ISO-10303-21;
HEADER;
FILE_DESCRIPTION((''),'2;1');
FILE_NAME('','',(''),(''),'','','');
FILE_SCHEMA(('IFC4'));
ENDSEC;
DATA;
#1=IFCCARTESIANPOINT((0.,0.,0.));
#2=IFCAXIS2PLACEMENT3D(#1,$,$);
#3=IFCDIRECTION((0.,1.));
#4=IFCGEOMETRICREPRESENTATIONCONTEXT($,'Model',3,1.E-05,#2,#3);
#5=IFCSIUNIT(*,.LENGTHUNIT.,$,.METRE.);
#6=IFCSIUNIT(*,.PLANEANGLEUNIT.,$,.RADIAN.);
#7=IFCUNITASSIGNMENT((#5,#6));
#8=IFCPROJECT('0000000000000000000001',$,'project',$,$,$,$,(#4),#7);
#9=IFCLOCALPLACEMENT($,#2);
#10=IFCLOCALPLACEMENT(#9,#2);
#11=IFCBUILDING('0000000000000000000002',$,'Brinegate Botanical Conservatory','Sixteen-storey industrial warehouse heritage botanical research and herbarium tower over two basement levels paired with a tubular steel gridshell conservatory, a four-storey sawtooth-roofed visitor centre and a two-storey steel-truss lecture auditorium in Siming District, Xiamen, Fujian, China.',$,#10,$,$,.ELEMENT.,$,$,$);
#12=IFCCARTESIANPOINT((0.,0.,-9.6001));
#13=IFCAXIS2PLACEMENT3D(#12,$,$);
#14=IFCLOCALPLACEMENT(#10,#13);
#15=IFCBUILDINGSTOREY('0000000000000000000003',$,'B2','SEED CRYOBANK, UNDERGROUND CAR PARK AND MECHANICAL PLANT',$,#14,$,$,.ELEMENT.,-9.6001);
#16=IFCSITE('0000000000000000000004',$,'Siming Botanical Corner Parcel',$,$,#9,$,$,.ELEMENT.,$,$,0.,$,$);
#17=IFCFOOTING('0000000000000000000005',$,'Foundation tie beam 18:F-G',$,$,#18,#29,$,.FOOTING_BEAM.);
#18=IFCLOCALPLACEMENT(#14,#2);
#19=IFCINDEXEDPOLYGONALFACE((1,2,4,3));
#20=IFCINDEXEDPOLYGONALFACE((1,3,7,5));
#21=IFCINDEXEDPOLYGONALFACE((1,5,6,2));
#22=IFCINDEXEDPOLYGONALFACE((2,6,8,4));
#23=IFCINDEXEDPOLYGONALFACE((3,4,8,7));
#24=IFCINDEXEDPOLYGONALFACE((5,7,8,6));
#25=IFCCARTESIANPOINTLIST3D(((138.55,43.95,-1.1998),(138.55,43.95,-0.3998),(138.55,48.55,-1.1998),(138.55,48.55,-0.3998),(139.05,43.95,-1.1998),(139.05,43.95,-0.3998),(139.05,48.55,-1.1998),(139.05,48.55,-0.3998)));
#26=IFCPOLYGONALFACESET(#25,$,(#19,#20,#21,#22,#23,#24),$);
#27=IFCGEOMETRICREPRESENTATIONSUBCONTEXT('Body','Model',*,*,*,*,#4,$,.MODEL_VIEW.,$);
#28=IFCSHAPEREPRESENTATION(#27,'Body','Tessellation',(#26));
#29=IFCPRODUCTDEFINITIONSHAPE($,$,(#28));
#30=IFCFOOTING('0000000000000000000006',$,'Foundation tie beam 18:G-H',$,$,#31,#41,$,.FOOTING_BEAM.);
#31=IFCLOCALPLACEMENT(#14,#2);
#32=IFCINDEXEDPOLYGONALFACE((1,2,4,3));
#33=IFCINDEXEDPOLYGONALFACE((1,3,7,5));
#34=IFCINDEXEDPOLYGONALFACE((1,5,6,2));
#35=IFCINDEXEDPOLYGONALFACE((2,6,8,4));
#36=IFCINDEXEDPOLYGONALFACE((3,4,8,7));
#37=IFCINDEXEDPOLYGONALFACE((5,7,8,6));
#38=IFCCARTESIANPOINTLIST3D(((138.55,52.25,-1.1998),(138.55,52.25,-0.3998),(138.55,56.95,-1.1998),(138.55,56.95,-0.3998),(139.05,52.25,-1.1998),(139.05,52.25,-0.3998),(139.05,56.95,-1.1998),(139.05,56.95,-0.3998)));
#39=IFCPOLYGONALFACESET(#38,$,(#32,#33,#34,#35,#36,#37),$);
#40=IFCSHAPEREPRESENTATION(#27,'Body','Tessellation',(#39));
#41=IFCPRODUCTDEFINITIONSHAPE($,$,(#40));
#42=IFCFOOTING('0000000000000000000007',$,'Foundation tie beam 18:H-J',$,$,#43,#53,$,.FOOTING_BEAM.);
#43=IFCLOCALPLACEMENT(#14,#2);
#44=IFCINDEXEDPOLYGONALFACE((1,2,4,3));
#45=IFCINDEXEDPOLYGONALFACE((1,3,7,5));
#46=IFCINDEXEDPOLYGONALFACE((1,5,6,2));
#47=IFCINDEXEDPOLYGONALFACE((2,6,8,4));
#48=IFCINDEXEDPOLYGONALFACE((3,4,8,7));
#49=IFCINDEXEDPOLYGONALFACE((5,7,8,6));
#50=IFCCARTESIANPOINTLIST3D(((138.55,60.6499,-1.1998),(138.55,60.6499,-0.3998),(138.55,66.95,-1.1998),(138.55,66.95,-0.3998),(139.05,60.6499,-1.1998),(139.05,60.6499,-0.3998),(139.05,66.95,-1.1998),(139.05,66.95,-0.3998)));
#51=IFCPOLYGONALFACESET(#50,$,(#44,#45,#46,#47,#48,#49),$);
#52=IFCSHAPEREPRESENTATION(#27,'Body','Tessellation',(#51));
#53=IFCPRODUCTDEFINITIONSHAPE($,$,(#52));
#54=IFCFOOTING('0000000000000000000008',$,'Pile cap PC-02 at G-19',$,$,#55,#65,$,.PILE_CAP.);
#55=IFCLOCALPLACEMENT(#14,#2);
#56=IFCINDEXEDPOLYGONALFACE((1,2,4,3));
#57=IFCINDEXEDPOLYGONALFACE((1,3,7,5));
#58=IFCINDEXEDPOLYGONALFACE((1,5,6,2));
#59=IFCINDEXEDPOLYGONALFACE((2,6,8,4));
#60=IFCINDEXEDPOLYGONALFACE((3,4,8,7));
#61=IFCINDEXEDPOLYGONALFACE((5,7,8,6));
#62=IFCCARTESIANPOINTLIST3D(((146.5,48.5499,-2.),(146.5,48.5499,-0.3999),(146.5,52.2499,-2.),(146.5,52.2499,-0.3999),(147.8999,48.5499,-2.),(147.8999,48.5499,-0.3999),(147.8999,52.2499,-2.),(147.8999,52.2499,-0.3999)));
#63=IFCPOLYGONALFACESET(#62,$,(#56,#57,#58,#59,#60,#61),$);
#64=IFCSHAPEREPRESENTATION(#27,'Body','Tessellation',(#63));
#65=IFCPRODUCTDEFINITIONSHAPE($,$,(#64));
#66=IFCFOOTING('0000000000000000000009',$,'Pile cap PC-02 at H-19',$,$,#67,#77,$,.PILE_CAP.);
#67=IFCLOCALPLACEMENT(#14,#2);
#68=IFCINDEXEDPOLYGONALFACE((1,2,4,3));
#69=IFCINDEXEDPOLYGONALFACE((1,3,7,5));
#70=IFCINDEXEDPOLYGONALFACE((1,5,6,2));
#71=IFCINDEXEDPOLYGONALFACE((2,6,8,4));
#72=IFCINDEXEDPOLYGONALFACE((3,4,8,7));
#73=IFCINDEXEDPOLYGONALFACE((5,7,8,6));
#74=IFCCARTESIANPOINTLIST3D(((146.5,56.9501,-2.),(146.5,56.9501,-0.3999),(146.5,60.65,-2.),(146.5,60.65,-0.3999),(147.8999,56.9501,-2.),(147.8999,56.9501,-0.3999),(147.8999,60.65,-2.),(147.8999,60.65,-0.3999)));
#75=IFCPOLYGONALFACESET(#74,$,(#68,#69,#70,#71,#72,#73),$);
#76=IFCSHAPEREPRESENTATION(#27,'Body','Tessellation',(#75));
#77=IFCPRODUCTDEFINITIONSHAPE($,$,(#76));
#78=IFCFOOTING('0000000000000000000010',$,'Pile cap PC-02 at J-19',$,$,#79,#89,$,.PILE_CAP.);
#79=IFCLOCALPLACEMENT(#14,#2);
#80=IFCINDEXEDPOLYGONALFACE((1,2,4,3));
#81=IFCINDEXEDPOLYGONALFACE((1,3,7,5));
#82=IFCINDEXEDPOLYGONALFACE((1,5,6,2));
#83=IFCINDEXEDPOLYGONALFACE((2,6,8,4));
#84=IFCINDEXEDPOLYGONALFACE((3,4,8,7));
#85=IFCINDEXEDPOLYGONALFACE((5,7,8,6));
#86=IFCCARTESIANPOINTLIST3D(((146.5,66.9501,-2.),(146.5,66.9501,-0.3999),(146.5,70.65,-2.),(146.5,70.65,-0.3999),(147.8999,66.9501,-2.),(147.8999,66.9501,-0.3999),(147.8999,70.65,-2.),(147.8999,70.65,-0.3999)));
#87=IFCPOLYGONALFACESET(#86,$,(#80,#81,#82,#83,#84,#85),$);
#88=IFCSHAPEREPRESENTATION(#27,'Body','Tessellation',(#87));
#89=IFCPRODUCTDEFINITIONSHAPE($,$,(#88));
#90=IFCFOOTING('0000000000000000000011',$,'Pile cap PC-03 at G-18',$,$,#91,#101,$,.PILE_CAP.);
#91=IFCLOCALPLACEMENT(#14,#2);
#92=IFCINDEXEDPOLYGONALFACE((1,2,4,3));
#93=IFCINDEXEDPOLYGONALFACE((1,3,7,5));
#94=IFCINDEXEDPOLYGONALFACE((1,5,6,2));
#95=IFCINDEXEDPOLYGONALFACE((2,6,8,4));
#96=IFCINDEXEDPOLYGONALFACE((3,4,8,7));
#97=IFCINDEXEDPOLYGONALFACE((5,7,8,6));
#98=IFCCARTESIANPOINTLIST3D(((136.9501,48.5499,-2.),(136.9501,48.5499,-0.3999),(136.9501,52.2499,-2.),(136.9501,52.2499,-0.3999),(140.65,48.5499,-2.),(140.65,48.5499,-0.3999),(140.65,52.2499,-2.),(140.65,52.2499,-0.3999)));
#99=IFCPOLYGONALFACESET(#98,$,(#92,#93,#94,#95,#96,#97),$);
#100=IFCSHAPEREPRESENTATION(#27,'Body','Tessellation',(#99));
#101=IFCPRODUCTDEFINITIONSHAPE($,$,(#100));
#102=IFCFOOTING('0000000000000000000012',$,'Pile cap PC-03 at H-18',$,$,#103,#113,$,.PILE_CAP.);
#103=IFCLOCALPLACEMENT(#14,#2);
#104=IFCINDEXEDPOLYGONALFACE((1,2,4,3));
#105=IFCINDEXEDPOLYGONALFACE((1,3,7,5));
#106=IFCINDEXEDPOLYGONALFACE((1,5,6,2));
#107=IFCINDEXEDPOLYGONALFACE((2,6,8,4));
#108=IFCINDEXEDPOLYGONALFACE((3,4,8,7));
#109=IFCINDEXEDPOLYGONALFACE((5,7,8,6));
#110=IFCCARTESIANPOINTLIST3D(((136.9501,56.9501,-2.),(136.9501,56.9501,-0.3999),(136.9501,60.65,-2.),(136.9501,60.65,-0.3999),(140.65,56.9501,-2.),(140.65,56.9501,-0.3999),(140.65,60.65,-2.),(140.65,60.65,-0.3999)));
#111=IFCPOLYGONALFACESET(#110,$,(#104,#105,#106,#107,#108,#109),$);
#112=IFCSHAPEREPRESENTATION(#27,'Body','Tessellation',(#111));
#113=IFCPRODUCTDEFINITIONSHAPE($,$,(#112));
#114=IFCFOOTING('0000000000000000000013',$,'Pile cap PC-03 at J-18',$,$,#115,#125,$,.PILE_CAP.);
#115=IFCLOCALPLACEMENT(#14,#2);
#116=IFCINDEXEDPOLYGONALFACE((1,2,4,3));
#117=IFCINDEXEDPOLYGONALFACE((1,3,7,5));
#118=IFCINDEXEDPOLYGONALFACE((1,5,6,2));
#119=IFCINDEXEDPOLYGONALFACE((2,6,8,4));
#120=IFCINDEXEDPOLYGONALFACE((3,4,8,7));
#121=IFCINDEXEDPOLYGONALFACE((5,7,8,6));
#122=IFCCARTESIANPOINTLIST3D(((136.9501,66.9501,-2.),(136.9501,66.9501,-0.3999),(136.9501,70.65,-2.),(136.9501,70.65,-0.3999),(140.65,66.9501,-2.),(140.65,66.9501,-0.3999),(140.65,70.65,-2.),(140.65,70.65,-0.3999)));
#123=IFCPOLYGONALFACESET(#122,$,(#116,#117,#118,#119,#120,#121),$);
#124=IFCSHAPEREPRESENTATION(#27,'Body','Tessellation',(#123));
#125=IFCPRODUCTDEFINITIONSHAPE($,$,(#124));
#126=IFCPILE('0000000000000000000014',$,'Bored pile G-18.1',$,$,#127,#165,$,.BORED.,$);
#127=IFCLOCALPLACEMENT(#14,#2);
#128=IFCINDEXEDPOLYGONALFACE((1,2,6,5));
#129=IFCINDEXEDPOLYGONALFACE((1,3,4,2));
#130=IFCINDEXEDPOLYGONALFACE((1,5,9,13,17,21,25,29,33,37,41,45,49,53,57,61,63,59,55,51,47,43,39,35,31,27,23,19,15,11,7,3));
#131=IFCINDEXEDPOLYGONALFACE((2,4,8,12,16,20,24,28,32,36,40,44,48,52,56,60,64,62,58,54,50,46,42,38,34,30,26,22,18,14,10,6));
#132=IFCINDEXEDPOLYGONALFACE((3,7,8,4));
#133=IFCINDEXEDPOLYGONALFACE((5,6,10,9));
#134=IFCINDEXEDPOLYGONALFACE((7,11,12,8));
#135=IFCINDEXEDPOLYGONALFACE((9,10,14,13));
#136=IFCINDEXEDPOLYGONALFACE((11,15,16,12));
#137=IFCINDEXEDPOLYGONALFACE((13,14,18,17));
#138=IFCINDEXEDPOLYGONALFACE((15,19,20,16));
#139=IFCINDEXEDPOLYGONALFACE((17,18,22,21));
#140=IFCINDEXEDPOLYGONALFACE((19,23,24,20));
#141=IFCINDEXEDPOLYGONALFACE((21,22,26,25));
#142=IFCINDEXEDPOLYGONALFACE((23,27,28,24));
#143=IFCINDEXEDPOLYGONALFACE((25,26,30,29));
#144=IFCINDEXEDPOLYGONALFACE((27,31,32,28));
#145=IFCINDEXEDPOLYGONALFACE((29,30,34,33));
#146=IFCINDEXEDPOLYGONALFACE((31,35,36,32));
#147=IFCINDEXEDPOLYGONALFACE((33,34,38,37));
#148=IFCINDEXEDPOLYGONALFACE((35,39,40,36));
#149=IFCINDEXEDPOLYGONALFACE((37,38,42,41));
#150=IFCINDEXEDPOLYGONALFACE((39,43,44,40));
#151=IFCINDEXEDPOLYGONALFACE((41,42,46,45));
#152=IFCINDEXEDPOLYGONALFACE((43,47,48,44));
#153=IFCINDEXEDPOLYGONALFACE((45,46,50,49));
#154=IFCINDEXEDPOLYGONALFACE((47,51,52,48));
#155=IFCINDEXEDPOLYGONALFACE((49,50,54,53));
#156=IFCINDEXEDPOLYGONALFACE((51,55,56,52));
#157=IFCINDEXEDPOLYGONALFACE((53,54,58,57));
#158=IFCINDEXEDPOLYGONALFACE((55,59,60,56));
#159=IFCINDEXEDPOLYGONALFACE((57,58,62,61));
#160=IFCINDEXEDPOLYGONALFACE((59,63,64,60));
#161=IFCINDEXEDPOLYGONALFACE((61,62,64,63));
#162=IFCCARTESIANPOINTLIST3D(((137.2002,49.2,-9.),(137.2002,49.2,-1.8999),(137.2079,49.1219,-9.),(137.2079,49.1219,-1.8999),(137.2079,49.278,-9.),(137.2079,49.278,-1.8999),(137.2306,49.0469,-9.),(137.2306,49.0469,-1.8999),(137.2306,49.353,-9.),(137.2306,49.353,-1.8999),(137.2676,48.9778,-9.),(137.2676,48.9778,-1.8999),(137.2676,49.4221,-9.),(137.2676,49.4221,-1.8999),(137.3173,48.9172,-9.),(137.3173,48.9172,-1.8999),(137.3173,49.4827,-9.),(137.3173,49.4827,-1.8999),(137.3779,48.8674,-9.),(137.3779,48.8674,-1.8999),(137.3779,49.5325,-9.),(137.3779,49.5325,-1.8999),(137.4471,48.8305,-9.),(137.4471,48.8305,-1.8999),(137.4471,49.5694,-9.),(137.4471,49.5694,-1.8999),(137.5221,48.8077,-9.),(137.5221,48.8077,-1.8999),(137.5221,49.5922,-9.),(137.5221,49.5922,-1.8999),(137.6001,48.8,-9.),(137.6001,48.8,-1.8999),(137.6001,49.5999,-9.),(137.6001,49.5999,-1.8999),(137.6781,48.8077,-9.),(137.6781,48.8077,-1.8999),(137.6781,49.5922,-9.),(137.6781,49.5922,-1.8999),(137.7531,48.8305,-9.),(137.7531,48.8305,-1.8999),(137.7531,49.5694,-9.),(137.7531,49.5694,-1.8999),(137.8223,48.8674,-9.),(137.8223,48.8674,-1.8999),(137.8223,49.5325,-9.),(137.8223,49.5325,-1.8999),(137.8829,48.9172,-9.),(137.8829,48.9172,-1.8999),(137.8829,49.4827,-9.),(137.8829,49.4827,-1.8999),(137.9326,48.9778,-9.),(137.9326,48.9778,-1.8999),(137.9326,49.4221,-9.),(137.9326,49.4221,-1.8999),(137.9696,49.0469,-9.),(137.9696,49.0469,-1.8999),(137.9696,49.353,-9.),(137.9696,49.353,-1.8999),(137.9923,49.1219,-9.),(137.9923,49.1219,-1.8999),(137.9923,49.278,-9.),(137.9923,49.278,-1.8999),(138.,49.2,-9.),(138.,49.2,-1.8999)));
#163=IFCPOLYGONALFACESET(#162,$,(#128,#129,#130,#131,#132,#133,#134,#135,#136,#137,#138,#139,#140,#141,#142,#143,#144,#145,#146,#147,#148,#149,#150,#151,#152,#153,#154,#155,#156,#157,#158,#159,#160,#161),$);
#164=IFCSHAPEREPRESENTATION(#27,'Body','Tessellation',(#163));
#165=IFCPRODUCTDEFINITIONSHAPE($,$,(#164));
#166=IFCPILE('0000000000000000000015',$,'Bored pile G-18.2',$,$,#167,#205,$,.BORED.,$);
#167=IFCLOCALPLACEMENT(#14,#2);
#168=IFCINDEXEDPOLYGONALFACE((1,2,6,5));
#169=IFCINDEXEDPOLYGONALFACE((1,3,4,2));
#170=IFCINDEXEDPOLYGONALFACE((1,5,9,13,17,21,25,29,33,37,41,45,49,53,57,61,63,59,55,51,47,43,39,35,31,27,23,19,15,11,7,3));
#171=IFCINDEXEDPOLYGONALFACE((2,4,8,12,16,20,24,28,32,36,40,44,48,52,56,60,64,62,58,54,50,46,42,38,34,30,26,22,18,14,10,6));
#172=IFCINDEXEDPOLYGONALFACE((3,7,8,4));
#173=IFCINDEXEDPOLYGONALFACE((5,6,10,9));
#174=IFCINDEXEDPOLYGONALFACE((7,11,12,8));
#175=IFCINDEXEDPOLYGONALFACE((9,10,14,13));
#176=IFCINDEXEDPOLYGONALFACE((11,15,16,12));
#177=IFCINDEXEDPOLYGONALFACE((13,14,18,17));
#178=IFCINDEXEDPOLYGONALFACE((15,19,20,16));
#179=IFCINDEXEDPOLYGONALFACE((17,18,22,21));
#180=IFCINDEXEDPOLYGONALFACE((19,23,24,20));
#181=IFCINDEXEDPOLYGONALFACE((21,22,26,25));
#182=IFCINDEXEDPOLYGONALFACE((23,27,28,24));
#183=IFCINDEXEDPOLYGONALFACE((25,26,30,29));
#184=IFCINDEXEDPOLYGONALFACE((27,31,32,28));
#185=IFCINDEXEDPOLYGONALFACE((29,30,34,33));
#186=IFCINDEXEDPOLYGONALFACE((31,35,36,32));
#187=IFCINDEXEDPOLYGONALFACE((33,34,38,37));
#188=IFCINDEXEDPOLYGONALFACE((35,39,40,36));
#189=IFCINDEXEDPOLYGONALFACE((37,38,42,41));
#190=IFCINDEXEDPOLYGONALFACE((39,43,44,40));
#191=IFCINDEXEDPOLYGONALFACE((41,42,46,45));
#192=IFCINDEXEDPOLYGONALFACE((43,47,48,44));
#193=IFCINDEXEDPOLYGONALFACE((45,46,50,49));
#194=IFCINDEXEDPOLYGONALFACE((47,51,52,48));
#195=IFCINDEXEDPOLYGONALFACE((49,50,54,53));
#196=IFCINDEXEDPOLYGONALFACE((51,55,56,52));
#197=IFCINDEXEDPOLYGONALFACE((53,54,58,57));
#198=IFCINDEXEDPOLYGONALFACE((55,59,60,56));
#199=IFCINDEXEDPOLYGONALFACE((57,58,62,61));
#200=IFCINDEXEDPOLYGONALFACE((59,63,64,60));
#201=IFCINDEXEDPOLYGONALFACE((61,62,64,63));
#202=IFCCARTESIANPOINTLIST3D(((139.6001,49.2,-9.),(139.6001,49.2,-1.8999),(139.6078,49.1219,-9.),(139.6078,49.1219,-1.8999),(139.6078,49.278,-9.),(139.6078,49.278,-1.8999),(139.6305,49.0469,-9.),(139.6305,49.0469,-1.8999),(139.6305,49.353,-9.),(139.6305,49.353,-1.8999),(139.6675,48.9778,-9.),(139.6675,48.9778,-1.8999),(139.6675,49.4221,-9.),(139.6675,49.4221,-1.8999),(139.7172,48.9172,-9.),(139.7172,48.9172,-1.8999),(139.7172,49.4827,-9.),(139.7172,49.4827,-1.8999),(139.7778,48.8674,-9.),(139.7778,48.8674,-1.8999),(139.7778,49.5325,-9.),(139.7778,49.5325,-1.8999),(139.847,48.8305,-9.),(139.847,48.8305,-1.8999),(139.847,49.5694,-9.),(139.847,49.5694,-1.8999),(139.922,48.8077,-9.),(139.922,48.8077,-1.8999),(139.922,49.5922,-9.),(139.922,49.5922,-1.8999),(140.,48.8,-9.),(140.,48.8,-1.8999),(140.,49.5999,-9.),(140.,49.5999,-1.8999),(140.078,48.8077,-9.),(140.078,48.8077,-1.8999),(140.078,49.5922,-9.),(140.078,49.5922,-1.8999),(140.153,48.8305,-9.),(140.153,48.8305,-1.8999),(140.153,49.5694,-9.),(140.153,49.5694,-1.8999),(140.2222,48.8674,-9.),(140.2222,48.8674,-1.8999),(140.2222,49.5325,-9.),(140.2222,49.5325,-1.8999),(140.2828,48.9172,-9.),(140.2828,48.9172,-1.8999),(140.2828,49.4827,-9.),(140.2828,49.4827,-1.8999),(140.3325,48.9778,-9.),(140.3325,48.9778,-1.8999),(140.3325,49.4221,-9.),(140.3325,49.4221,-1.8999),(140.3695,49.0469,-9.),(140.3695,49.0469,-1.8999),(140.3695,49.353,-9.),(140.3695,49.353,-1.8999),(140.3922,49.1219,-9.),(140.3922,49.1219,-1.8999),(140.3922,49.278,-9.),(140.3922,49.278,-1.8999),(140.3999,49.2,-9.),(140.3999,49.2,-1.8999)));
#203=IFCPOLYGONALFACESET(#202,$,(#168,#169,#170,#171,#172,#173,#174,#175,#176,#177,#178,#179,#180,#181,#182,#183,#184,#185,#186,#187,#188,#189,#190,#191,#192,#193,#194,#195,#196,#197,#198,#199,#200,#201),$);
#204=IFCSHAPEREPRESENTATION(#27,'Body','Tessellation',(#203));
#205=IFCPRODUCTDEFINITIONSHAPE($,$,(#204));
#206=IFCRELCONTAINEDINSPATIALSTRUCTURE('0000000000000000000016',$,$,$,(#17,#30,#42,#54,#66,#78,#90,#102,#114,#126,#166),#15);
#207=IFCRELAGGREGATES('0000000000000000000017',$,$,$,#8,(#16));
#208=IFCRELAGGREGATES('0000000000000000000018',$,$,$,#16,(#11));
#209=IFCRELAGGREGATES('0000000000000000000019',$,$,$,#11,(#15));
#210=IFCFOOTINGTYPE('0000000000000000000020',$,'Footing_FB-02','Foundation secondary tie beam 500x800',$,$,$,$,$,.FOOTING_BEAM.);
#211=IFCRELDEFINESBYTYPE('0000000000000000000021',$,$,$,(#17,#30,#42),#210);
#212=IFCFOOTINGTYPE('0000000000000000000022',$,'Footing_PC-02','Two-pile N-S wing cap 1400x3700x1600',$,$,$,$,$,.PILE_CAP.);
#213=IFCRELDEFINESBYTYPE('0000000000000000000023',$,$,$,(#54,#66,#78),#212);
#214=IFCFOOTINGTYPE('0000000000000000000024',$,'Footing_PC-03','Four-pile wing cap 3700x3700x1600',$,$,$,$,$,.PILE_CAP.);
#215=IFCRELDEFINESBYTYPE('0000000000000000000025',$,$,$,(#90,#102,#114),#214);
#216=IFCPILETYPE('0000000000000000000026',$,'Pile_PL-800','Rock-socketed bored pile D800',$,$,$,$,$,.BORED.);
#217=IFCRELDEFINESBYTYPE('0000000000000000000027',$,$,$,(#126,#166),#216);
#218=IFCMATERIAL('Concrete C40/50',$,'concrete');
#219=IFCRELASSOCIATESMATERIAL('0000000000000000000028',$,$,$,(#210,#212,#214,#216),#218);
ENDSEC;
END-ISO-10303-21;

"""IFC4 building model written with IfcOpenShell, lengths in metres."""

from ifc_helpers import new_model, si_unit, direction, frame, origin, origin_2d, place, context, subcontext, project, spatial, rectangle, circle, extrude, material, material_profile, profile_set, type_object, element, save


model = new_model("IFC4")

# Units and contexts
model_context = context("Model", 3, precision=1e-05, world=origin(), true_north=direction((0.0, 1.0)))
body_context = subcontext(model_context, "Body", "Model", "MODEL_VIEW")
ifc_project = project(units=[si_unit("LENGTHUNIT", "METRE"), si_unit("PLANEANGLEUNIT", "RADIAN")], contexts=[model_context])

# Site, building, storey
site_placement = place(None, origin())
site = spatial("IfcSite", under=ifc_project, at=site_placement, Name="Siming Botanical Corner Parcel", CompositionType="ELEMENT", RefElevation=0.0)
building_placement = place(site_placement, origin())
building = spatial("IfcBuilding", under=site, at=building_placement, Name="Brinegate Botanical Conservatory", Description="Sixteen-storey industrial warehouse heritage botanical research and herbarium tower over two basement levels paired with a tubular steel gridshell conservatory, a four-storey sawtooth-roofed visitor centre and a two-storey steel-truss lecture auditorium in Siming District, Xiamen, Fujian, China.", CompositionType="ELEMENT")
storey_placement = place(building_placement, frame((0.0, 0.0, -9.6001)))
storey = spatial("IfcBuildingStorey", under=building, at=storey_placement, Name="B2", Description="SEED CRYOBANK, UNDERGROUND CAR PARK AND MECHANICAL PLANT", CompositionType="ELEMENT", Elevation=-9.6001)

# Footings
ifc_material = material(Name="Concrete C40/50", Category="concrete")
ifc_material_profile_1 = material_profile(ifc_material, rectangle(XDim=0.5, YDim=0.8, at=origin_2d()), Name="RC GB 500x800")
ifc_profile_set_1 = profile_set([ifc_material_profile_1], Name="Concrete C40/50")
footing_type_1 = type_object("IfcFootingType", Name="Footing_FB-02", Description="Foundation secondary tie beam 500x800", PredefinedType="FOOTING_BEAM", material=ifc_profile_set_1)
footing_1_placement = place(storey_placement, frame((138.8, 43.95, -0.7998), z_axis=(0.0, 1.0, 0.0), x_axis=(-1.0, 0.0, 0.0)))
element("IfcFooting", 1, at=footing_1_placement, inside=storey, type_object=footing_type_1, Name="Foundation tie beam 18:F-G", PredefinedType="FOOTING_BEAM", context=body_context, shape_type="SweptSolid", body=[
    extrude(rectangle(XDim=0.5, YDim=0.8, at=origin_2d()), origin(), (0.0, 0.0, 1.0), 4.6001),
])
footing_2_placement = place(storey_placement, frame((138.8, 52.25, -0.7998), z_axis=(0.0, 1.0, 0.0), x_axis=(-1.0, 0.0, 0.0)))
element("IfcFooting", 2, at=footing_2_placement, inside=storey, type_object=footing_type_1, Name="Foundation tie beam 18:G-H", PredefinedType="FOOTING_BEAM", context=body_context, shape_type="SweptSolid", body=[
    extrude(rectangle(XDim=0.5, YDim=0.8, at=origin_2d()), origin(), (0.0, 0.0, 1.0), 4.7),
])
footing_3_placement = place(storey_placement, frame((138.8, 60.6499, -0.7998), z_axis=(0.0, 1.0, 0.0), x_axis=(-1.0, 0.0, 0.0)))
element("IfcFooting", 3, at=footing_3_placement, inside=storey, type_object=footing_type_1, Name="Foundation tie beam 18:H-J", PredefinedType="FOOTING_BEAM", context=body_context, shape_type="SweptSolid", body=[
    extrude(rectangle(XDim=0.5, YDim=0.8, at=origin_2d()), origin(), (0.0, 0.0, 1.0), 6.3),
])
footing_type_2 = type_object("IfcFootingType", Name="Footing_PC-02", Description="Two-pile N-S wing cap 1400x3700x1600", PredefinedType="PILE_CAP", material=ifc_material)
for number, where, z_axis, x_axis, name in (
    (4, (147.2, 50.3999, -2.0), (0.0, 0.0, 1.0), (1.0, 0.0, 0.0), "Pile cap PC-02 at G-19"),
    (5, (147.2, 58.8, -2.0), (0.0, 0.0, 1.0), (1.0, 0.0, 0.0), "Pile cap PC-02 at H-19"),
    (6, (147.2, 68.8, -2.0), (0.0, 0.0, 1.0), (1.0, 0.0, 0.0), "Pile cap PC-02 at J-19"),
):
    element("IfcFooting", number, at=place(storey_placement, frame(where, z_axis=z_axis, x_axis=x_axis)), inside=storey, type_object=footing_type_2, Name=name, PredefinedType="PILE_CAP", context=body_context, shape_type="SweptSolid", body=[
        extrude(rectangle(XDim=1.3999, YDim=3.7, at=origin_2d()), origin(), (0.0, 0.0, 1.0), 1.6001),
    ])
footing_type_3 = type_object("IfcFootingType", Name="Footing_PC-03", Description="Four-pile wing cap 3700x3700x1600", PredefinedType="PILE_CAP", material=ifc_material)
for number, where, z_axis, x_axis, name in (
    (7, (138.8, 50.3999, -2.0), (0.0, 0.0, 1.0), (1.0, 0.0, 0.0), "Pile cap PC-03 at G-18"),
    (8, (138.8, 58.8, -2.0), (0.0, 0.0, 1.0), (1.0, 0.0, 0.0), "Pile cap PC-03 at H-18"),
    (9, (138.8, 68.8, -2.0), (0.0, 0.0, 1.0), (1.0, 0.0, 0.0), "Pile cap PC-03 at J-18"),
):
    element("IfcFooting", number, at=place(storey_placement, frame(where, z_axis=z_axis, x_axis=x_axis)), inside=storey, type_object=footing_type_3, Name=name, PredefinedType="PILE_CAP", context=body_context, shape_type="SweptSolid", body=[
        extrude(rectangle(XDim=3.7, YDim=3.7, at=origin_2d()), origin(), (0.0, 0.0, 1.0), 1.6001),
    ])

# Piles
ifc_material_profile_2 = material_profile(ifc_material, circle(Radius=0.3999, at=origin_2d()), Name="PILE D800")
ifc_profile_set_2 = profile_set([ifc_material_profile_2], Name="Concrete C40/50")
pile_type = type_object("IfcPileType", Name="Pile_PL-800", Description="Rock-socketed bored pile D800", PredefinedType="BORED", material=ifc_profile_set_2)
for number, where, z_axis, x_axis, name in (
    (10, (137.6001, 49.2, -1.8999), (0.0, 0.0, -1.0), (1.0, 0.0, 0.0), "Bored pile G-18.1"),
    (11, (140.0, 49.2, -1.8999), (0.0, 0.0, -1.0), (1.0, 0.0, 0.0), "Bored pile G-18.2"),
):
    element("IfcPile", number, at=place(storey_placement, frame(where, z_axis=z_axis, x_axis=x_axis)), inside=storey, type_object=pile_type, Name=name, PredefinedType="BORED", context=body_context, shape_type="SweptSolid", body=[
        extrude(circle(Radius=0.3999, at=origin_2d()), origin(), (0.0, 0.0, 1.0), 7.1001),
    ])

save(model, "model.ifc")
